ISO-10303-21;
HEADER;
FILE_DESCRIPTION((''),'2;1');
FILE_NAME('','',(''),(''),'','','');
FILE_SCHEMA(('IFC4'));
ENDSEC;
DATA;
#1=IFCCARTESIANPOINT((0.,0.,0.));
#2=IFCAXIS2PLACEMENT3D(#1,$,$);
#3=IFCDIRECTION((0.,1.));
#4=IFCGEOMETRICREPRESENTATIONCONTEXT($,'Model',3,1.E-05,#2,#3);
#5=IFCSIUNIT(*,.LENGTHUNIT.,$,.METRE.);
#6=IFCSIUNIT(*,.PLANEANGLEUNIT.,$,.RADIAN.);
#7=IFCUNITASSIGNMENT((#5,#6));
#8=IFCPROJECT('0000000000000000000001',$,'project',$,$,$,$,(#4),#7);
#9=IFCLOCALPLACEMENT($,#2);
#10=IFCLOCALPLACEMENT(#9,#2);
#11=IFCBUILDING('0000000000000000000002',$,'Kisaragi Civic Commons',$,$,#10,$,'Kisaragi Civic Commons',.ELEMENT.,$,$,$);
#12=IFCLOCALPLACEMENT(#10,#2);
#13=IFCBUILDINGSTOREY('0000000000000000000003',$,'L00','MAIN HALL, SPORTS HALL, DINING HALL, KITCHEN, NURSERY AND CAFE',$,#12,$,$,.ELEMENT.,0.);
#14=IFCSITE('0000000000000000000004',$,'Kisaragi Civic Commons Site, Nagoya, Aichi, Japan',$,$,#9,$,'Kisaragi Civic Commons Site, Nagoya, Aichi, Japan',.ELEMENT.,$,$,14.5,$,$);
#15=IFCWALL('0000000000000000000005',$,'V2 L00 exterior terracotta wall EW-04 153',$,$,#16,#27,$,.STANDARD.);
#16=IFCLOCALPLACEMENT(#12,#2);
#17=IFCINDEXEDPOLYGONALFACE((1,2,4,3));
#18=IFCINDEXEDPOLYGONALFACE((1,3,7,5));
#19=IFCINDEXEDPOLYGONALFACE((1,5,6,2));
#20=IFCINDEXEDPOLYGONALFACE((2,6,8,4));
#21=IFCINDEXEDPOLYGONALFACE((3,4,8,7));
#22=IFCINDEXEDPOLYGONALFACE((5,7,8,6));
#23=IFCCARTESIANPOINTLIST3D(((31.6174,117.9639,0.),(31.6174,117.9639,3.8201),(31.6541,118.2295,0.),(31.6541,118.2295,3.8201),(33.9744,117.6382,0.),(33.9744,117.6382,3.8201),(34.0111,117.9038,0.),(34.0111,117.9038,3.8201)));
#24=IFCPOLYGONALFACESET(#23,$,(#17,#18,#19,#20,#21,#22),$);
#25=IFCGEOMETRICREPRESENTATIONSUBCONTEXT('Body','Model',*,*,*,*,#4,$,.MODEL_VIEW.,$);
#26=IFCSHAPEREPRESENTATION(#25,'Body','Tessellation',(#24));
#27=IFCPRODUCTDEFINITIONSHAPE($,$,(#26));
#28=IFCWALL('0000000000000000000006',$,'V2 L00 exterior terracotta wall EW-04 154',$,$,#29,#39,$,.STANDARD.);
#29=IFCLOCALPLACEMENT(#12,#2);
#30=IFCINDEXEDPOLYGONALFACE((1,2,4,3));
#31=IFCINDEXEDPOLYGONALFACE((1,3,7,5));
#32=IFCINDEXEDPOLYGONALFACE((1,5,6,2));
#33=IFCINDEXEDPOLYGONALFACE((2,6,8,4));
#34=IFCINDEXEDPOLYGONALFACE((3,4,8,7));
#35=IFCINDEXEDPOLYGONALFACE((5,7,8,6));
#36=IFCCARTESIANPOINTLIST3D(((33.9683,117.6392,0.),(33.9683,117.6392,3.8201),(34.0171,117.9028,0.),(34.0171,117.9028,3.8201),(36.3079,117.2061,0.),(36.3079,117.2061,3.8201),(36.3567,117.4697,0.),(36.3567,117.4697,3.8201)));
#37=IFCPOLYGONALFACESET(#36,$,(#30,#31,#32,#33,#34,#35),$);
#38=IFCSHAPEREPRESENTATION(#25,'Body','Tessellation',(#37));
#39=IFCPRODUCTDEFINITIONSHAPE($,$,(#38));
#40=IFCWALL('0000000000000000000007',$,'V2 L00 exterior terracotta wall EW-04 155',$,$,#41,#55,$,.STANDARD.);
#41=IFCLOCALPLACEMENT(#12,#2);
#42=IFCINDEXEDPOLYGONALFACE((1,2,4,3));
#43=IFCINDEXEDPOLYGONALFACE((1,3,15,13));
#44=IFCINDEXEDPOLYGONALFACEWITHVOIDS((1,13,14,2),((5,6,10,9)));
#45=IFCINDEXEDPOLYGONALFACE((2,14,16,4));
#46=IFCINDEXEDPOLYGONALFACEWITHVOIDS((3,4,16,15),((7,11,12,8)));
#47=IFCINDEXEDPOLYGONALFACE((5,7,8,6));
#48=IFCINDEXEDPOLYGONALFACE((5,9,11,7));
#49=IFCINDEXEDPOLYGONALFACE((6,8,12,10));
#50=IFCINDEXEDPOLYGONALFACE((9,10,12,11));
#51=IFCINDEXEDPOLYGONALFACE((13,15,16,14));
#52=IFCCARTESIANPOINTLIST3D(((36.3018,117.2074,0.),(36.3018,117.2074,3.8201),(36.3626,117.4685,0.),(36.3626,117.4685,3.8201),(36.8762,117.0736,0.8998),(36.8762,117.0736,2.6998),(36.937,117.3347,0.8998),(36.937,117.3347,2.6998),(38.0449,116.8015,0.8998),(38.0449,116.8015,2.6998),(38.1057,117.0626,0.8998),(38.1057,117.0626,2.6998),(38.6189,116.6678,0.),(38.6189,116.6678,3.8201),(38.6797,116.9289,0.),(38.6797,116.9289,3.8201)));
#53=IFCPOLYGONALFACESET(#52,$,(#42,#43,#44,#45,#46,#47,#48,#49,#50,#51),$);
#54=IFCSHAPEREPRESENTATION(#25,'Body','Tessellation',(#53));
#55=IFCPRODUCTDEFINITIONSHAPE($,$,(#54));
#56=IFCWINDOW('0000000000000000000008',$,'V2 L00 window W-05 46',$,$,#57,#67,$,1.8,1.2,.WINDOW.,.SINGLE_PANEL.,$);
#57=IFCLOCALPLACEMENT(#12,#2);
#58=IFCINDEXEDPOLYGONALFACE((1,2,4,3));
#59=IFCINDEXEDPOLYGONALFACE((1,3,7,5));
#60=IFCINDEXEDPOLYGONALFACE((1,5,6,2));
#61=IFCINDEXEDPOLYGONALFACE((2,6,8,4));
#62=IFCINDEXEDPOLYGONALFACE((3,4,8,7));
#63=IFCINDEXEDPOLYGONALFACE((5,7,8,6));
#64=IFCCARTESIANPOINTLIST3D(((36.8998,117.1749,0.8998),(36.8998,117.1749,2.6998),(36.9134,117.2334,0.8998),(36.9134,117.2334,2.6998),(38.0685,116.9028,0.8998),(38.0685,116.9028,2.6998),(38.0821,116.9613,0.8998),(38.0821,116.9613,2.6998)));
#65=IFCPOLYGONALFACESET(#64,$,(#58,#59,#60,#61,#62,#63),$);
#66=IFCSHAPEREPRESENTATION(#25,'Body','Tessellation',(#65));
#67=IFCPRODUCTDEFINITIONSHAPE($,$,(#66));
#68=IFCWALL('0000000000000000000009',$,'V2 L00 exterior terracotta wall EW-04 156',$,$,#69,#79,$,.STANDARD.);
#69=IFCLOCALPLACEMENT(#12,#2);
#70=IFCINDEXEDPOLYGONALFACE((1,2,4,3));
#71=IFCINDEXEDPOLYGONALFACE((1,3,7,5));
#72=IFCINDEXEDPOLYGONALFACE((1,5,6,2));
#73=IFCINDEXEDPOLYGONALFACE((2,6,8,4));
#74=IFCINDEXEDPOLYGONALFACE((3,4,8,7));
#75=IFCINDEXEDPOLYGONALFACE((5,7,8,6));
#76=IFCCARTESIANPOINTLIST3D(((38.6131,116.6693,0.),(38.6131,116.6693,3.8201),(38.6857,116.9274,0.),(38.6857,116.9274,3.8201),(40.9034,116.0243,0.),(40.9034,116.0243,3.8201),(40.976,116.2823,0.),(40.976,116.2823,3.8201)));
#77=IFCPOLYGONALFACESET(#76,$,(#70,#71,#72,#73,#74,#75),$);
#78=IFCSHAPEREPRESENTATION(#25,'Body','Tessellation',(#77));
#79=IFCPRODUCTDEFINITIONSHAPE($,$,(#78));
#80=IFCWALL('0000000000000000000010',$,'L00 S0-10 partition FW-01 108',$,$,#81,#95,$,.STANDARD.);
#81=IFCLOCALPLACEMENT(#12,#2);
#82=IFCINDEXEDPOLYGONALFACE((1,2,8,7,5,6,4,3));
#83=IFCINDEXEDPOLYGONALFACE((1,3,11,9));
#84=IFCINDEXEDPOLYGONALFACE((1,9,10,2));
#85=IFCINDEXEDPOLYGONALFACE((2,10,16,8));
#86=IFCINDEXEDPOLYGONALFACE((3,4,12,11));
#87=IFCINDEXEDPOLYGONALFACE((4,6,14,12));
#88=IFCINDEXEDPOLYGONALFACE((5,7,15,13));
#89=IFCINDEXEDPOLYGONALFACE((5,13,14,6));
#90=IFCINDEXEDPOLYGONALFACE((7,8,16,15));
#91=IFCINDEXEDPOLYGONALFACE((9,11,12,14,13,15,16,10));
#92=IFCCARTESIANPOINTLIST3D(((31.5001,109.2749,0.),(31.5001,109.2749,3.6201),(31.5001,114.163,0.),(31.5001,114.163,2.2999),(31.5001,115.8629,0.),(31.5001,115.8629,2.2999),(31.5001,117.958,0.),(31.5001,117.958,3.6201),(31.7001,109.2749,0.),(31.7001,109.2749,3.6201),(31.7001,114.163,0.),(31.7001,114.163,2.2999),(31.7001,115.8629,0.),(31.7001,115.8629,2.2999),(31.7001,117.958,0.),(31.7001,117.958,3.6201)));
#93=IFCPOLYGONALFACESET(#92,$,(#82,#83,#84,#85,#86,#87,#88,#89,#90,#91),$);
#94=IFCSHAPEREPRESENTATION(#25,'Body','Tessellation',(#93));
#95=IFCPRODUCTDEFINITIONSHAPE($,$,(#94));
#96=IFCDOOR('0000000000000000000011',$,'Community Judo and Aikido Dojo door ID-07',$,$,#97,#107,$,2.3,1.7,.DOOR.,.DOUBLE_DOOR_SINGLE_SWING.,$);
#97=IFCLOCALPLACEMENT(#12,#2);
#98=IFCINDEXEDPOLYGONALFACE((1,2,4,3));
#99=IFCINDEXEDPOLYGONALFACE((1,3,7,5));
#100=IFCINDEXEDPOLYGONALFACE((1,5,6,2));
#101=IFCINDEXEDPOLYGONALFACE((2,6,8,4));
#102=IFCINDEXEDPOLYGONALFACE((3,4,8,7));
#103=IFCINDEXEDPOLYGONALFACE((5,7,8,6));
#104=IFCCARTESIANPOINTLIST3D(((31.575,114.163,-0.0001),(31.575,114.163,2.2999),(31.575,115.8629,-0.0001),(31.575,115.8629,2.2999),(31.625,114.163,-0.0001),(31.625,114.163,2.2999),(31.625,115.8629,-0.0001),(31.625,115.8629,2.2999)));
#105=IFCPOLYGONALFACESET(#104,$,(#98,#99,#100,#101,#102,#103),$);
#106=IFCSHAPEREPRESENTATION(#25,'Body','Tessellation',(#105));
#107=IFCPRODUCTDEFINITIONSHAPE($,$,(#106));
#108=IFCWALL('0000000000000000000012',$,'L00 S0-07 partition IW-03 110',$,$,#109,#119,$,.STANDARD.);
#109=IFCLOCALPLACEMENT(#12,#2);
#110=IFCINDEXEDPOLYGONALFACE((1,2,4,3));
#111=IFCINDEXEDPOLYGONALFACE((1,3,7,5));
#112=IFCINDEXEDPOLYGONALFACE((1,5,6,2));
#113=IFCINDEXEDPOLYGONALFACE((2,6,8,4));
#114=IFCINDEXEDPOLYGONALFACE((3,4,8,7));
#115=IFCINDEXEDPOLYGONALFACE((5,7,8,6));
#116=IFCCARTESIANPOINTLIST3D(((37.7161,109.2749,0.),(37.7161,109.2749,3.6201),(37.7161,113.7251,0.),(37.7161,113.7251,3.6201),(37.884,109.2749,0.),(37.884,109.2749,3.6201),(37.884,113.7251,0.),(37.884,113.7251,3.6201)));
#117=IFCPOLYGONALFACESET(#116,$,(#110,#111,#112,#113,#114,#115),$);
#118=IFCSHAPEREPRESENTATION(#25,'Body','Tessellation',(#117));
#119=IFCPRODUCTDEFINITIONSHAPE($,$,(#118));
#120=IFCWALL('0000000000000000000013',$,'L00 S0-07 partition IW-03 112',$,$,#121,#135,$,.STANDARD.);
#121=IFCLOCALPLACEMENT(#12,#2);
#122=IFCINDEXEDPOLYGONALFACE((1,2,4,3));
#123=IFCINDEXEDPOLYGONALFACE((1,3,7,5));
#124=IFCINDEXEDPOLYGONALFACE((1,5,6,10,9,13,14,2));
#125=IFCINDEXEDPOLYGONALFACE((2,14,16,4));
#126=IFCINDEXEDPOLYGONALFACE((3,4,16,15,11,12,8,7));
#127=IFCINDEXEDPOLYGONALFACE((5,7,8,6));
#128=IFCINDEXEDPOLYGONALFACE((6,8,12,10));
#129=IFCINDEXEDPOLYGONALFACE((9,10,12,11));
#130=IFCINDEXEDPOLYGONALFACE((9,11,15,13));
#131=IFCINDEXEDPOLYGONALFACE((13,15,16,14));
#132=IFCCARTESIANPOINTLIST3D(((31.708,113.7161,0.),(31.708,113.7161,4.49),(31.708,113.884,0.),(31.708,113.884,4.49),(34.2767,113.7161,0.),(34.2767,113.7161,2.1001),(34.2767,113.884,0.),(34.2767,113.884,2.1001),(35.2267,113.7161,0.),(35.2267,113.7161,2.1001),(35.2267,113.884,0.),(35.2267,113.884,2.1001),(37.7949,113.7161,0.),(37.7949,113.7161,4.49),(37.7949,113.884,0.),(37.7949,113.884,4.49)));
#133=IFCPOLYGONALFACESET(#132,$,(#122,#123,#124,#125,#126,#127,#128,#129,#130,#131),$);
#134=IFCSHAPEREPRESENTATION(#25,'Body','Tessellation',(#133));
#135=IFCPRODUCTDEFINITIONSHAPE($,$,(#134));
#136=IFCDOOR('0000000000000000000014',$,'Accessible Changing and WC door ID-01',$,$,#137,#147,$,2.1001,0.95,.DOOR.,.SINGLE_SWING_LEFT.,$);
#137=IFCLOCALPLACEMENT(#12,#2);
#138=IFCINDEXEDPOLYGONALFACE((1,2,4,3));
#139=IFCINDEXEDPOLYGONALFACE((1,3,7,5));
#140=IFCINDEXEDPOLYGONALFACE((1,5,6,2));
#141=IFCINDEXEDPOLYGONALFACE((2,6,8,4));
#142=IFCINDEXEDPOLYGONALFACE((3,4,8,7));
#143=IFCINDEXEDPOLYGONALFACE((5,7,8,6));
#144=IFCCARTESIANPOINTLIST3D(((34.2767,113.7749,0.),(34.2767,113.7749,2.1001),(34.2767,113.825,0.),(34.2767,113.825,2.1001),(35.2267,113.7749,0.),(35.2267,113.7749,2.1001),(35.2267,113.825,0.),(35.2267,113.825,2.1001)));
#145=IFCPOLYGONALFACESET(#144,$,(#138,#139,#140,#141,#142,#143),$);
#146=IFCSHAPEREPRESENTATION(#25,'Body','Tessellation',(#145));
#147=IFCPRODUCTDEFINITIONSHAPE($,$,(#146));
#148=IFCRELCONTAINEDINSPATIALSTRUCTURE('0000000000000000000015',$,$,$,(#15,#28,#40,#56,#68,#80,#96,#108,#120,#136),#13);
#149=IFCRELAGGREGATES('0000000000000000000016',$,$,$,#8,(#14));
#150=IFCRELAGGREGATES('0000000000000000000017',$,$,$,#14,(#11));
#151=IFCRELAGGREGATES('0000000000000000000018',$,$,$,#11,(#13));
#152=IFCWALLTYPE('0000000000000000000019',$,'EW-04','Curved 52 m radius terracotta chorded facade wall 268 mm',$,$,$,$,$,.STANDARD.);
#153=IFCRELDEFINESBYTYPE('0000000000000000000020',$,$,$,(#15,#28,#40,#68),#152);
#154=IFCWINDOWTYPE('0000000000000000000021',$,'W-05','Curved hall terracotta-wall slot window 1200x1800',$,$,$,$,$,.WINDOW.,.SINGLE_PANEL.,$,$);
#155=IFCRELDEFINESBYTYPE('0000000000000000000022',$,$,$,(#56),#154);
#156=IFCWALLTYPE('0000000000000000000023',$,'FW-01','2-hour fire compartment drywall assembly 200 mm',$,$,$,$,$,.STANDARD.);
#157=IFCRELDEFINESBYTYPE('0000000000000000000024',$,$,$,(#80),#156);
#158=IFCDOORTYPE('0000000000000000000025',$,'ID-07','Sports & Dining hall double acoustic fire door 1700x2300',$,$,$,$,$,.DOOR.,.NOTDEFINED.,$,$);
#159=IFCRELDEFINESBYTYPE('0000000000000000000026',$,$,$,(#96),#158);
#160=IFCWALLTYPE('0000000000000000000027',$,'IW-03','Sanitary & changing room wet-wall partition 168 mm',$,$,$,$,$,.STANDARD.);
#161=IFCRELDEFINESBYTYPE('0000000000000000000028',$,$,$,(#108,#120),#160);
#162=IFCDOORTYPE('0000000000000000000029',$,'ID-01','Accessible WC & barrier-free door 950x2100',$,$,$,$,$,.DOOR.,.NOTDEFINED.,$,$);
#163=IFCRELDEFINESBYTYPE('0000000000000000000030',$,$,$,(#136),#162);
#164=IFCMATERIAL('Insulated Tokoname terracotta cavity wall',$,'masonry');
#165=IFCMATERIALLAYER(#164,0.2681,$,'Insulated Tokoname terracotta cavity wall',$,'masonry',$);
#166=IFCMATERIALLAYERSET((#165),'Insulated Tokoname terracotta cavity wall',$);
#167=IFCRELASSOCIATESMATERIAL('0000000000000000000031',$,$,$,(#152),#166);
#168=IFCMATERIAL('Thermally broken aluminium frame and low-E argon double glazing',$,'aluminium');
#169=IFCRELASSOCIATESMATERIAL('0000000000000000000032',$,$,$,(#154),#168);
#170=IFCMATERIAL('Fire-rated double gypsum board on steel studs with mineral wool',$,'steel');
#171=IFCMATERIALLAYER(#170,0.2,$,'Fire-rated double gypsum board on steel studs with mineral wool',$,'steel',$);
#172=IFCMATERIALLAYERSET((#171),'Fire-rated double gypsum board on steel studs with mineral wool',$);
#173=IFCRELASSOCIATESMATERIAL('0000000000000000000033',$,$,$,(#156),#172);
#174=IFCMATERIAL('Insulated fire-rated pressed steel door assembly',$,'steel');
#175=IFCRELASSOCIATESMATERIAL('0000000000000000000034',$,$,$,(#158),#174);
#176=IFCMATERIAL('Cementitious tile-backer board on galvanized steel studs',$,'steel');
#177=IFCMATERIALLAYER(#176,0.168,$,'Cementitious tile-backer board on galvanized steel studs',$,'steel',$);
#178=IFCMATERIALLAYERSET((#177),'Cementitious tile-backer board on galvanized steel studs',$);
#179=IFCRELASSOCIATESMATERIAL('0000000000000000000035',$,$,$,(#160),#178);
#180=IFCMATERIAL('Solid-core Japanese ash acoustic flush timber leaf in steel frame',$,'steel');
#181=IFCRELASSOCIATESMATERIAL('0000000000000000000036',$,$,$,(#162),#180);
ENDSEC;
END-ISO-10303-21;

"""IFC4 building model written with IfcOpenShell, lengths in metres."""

from ifc_helpers import new_model, si_unit, direction, frame, frame_2d, origin, place, context, subcontext, project, spatial, rectangle, extrude, material, layer, layer_set, type_object, element, fill, save


model = new_model("IFC4")

# Units and contexts
model_context = context("Model", 3, precision=1e-05, world=origin(), true_north=direction((0.0, 1.0)))
body_context = subcontext(model_context, "Body", "Model", "MODEL_VIEW")
ifc_project = project(units=[si_unit("LENGTHUNIT", "METRE"), si_unit("PLANEANGLEUNIT", "RADIAN")], contexts=[model_context])

# Site, building, storey
site_placement = place(None, origin())
site = spatial("IfcSite", under=ifc_project, at=site_placement, Name="Kisaragi Civic Commons Site, Nagoya, Aichi, Japan", LongName="Kisaragi Civic Commons Site, Nagoya, Aichi, Japan", CompositionType="ELEMENT", RefElevation=14.5)
building_placement = place(site_placement, origin())
building = spatial("IfcBuilding", under=site, at=building_placement, Name="Kisaragi Civic Commons", LongName="Kisaragi Civic Commons", CompositionType="ELEMENT")
storey_placement = place(building_placement, origin())
storey = spatial("IfcBuildingStorey", under=building, at=storey_placement, Name="L00", Description="MAIN HALL, SPORTS HALL, DINING HALL, KITCHEN, NURSERY AND CAFE", CompositionType="ELEMENT", Elevation=0.0)

# Shared definitions
ifc_material_1 = material(Name="Insulated Tokoname terracotta cavity wall", Category="masonry")
ifc_layer_1 = layer(ifc_material_1, 0.2681, Name="Insulated Tokoname terracotta cavity wall", Category="masonry")
ifc_layer_set_1 = layer_set([ifc_layer_1], Name="Insulated Tokoname terracotta cavity wall")
wall_type_1 = type_object("IfcWallType", Name="EW-04", Description="Curved 52 m radius terracotta chorded facade wall 268 mm", PredefinedType="STANDARD", material=ifc_layer_set_1)

# Walls
for number, where, z_axis, x_axis, name in (
    (1, (31.6357, 118.0967, 0.0), (0.0, 0.0, 1.0), (0.990588, -0.13688, 0.0), "V2 L00 exterior terracotta wall EW-04 153"),
    (2, (33.9927, 117.771, 0.0), (0.0, 0.0, 1.0), (0.983294, -0.182027, 0.0), "V2 L00 exterior terracotta wall EW-04 154"),
):
    element("IfcWall", number, at=place(storey_placement, frame(where, z_axis=z_axis, x_axis=x_axis)), inside=storey, type_object=wall_type_1, Name=name, PredefinedType="STANDARD", context=body_context, shape_type="SweptSolid", body=[
        extrude(rectangle(XDim=2.3794, YDim=0.2681, at=frame_2d((1.1897, 0.0))), origin(), (0.0, 0.0, 1.0), 3.8201),
    ])

# Wall, opening, window
wall_1_placement = place(storey_placement, frame((36.3323, 117.3379, 0.0), z_axis=(0.0, 0.0, 1.0), x_axis=(0.973945, -0.226785, 0.0)))
wall_1 = element("IfcWall", 3, at=wall_1_placement, inside=storey, type_object=wall_type_1, Name="V2 L00 exterior terracotta wall EW-04 155", PredefinedType="STANDARD", context=body_context, shape_type="SweptSolid", body=[
    extrude(rectangle(XDim=2.3792, YDim=0.2681, at=frame_2d((1.1895, 0.0))), origin(), (0.0, 0.0, 1.0), 3.8201),
])
opening_1_placement = place(wall_1_placement, frame((0.5896, 0.0, 0.8999)))
opening_1 = element("IfcOpeningElement", 4, at=opening_1_placement, cuts=wall_1, PredefinedType="OPENING", context=body_context, shape_type="SweptSolid", body=[
    extrude(rectangle(XDim=1.2, YDim=1.8, at=frame_2d((0.6001, 0.8999))), frame((0.0, 0.144, 0.0), z_axis=(0.0, -1.0, 0.0), x_axis=(1.0, 0.0, 0.0)), (0.0, 0.0, 1.0), 0.2881),
])
ifc_material_2 = material(Name="Thermally broken aluminium frame and low-E argon double glazing", Category="aluminium")
window_type = type_object("IfcWindowType", Name="W-05", Description="Curved hall terracotta-wall slot window 1200x1800", PartitioningType="SINGLE_PANEL", PredefinedType="WINDOW", material=ifc_material_2)
window_placement = place(opening_1_placement, origin())
window = element("IfcWindow", 5, at=window_placement, inside=storey, type_object=window_type, Name="V2 L00 window W-05 46", OverallHeight=1.8, OverallWidth=1.2, PartitioningType="SINGLE_PANEL", PredefinedType="WINDOW", context=body_context, shape_type="SweptSolid", body=[
    extrude(rectangle(XDim=1.2, YDim=1.8, at=frame_2d((0.6001, 0.8999))), frame((0.0, 0.03, 0.0), z_axis=(0.0, -1.0, 0.0), x_axis=(1.0, 0.0, 0.0)), (0.0, 0.0, 1.0), 0.0601),
])
fill(opening_1, window)

# Wall
wall_2_placement = place(storey_placement, frame((38.6494, 116.7983, 0.0), z_axis=(0.0, 0.0, 1.0), x_axis=(0.962555, -0.271087, 0.0)))
element("IfcWall", 6, at=wall_2_placement, inside=storey, type_object=wall_type_1, Name="V2 L00 exterior terracotta wall EW-04 156", PredefinedType="STANDARD", context=body_context, shape_type="SweptSolid", body=[
    extrude(rectangle(XDim=2.3794, YDim=0.2681, at=frame_2d((1.1897, 0.0))), origin(), (0.0, 0.0, 1.0), 3.8201),
])

# Wall, opening, door
ifc_material_3 = material(Name="Fire-rated double gypsum board on steel studs with mineral wool", Category="steel")
ifc_layer_2 = layer(ifc_material_3, 0.2, Name="Fire-rated double gypsum board on steel studs with mineral wool", Category="steel")
ifc_layer_set_2 = layer_set([ifc_layer_2], Name="Fire-rated double gypsum board on steel studs with mineral wool")
wall_type_2 = type_object("IfcWallType", Name="FW-01", Description="2-hour fire compartment drywall assembly 200 mm", PredefinedType="STANDARD", material=ifc_layer_set_2)
wall_3_placement = place(storey_placement, frame((31.6001, 117.958, 0.0), z_axis=(0.0, 0.0, 1.0), x_axis=(0.0, -1.0, 0.0)))
wall_3 = element("IfcWall", 7, at=wall_3_placement, inside=storey, type_object=wall_type_2, Name="L00 S0-10 partition FW-01 108", PredefinedType="STANDARD", context=body_context, shape_type="SweptSolid", body=[
    extrude(rectangle(XDim=8.6831, YDim=0.2, at=frame_2d((4.3416, 0.0))), origin(), (0.0, 0.0, 1.0), 3.6201),
])
opening_2_placement = place(wall_3_placement, frame((2.095, 0.0, 0.0)))
opening_2 = element("IfcOpeningElement", 8, at=opening_2_placement, cuts=wall_3, PredefinedType="OPENING", context=body_context, shape_type="SweptSolid", body=[
    extrude(rectangle(XDim=1.7, YDim=2.3, at=frame_2d((0.8501, 1.1499))), frame((0.0, 0.1099, 0.0), z_axis=(0.0, -1.0, 0.0), x_axis=(1.0, 0.0, 0.0)), (0.0, 0.0, 1.0), 0.22),
])
ifc_material_4 = material(Name="Insulated fire-rated pressed steel door assembly", Category="steel")
door_type_1 = type_object("IfcDoorType", Name="ID-07", Description="Sports & Dining hall double acoustic fire door 1700x2300", OperationType="NOTDEFINED", PredefinedType="DOOR", material=ifc_material_4)
door_1_placement = place(opening_2_placement, origin())
door_1 = element("IfcDoor", 9, at=door_1_placement, inside=storey, type_object=door_type_1, Name="Community Judo and Aikido Dojo door ID-07", OperationType="DOUBLE_DOOR_SINGLE_SWING", OverallHeight=2.3, OverallWidth=1.7, PredefinedType="DOOR", context=body_context, shape_type="SweptSolid", body=[
    extrude(rectangle(XDim=1.7, YDim=2.3, at=frame_2d((0.8501, 1.1499))), frame((0.0, 0.0249, 0.0), z_axis=(0.0, -1.0, 0.0), x_axis=(1.0, 0.0, 0.0)), (0.0, 0.0, 1.0), 0.05),
])
fill(opening_2, door_1)

# Wall
ifc_material_5 = material(Name="Cementitious tile-backer board on galvanized steel studs", Category="steel")
ifc_layer_3 = layer(ifc_material_5, 0.168, Name="Cementitious tile-backer board on galvanized steel studs", Category="steel")
ifc_layer_set_3 = layer_set([ifc_layer_3], Name="Cementitious tile-backer board on galvanized steel studs")
wall_type_3 = type_object("IfcWallType", Name="IW-03", Description="Sanitary & changing room wet-wall partition 168 mm", PredefinedType="STANDARD", material=ifc_layer_set_3)
wall_4_placement = place(storey_placement, frame((37.8, 113.7251, 0.0), z_axis=(0.0, 0.0, 1.0), x_axis=(0.0, -1.0, 0.0)))
element("IfcWall", 10, at=wall_4_placement, inside=storey, type_object=wall_type_3, Name="L00 S0-07 partition IW-03 110", PredefinedType="STANDARD", context=body_context, shape_type="SweptSolid", body=[
    extrude(rectangle(XDim=4.4502, YDim=0.168, at=frame_2d((2.2251, 0.0))), origin(), (0.0, 0.0, 1.0), 3.6201),
])

# Wall, opening, door
wall_5_placement = place(storey_placement, frame((31.708, 113.8, 0.0), z_axis=(0.0, 0.0, 1.0), x_axis=(1.0, 0.0, 0.0)))
wall_5 = element("IfcWall", 11, at=wall_5_placement, inside=storey, type_object=wall_type_3, Name="L00 S0-07 partition IW-03 112", PredefinedType="STANDARD", context=body_context, shape_type="SweptSolid", body=[
    extrude(rectangle(XDim=6.0869, YDim=0.168, at=frame_2d((3.0435, 0.0))), origin(), (0.0, 0.0, 1.0), 4.49),
])
opening_3_placement = place(wall_5_placement, frame((2.5686, 0.0, 0.0)))
opening_3 = element("IfcOpeningElement", 12, at=opening_3_placement, cuts=wall_5, PredefinedType="OPENING", context=body_context, shape_type="SweptSolid", body=[
    extrude(rectangle(XDim=0.95, YDim=2.1001, at=frame_2d((0.4751, 1.05))), frame((0.0, 0.094, 0.0), z_axis=(0.0, -1.0, 0.0), x_axis=(1.0, 0.0, 0.0)), (0.0, 0.0, 1.0), 0.188),
])
ifc_material_6 = material(Name="Solid-core Japanese ash acoustic flush timber leaf in steel frame", Category="steel")
door_type_2 = type_object("IfcDoorType", Name="ID-01", Description="Accessible WC & barrier-free door 950x2100", OperationType="NOTDEFINED", PredefinedType="DOOR", material=ifc_material_6)
door_2_placement = place(opening_3_placement, origin())
door_2 = element("IfcDoor", 13, at=door_2_placement, inside=storey, type_object=door_type_2, Name="Accessible Changing and WC door ID-01", OperationType="SINGLE_SWING_LEFT", OverallHeight=2.1001, OverallWidth=0.95, PredefinedType="DOOR", context=body_context, shape_type="SweptSolid", body=[
    extrude(rectangle(XDim=0.95, YDim=2.1001, at=frame_2d((0.4751, 1.05))), frame((0.0, 0.0249, 0.0), z_axis=(0.0, -1.0, 0.0), x_axis=(1.0, 0.0, 0.0)), (0.0, 0.0, 1.0), 0.05),
])
fill(opening_3, door_2)

save(model, "model.ifc")
